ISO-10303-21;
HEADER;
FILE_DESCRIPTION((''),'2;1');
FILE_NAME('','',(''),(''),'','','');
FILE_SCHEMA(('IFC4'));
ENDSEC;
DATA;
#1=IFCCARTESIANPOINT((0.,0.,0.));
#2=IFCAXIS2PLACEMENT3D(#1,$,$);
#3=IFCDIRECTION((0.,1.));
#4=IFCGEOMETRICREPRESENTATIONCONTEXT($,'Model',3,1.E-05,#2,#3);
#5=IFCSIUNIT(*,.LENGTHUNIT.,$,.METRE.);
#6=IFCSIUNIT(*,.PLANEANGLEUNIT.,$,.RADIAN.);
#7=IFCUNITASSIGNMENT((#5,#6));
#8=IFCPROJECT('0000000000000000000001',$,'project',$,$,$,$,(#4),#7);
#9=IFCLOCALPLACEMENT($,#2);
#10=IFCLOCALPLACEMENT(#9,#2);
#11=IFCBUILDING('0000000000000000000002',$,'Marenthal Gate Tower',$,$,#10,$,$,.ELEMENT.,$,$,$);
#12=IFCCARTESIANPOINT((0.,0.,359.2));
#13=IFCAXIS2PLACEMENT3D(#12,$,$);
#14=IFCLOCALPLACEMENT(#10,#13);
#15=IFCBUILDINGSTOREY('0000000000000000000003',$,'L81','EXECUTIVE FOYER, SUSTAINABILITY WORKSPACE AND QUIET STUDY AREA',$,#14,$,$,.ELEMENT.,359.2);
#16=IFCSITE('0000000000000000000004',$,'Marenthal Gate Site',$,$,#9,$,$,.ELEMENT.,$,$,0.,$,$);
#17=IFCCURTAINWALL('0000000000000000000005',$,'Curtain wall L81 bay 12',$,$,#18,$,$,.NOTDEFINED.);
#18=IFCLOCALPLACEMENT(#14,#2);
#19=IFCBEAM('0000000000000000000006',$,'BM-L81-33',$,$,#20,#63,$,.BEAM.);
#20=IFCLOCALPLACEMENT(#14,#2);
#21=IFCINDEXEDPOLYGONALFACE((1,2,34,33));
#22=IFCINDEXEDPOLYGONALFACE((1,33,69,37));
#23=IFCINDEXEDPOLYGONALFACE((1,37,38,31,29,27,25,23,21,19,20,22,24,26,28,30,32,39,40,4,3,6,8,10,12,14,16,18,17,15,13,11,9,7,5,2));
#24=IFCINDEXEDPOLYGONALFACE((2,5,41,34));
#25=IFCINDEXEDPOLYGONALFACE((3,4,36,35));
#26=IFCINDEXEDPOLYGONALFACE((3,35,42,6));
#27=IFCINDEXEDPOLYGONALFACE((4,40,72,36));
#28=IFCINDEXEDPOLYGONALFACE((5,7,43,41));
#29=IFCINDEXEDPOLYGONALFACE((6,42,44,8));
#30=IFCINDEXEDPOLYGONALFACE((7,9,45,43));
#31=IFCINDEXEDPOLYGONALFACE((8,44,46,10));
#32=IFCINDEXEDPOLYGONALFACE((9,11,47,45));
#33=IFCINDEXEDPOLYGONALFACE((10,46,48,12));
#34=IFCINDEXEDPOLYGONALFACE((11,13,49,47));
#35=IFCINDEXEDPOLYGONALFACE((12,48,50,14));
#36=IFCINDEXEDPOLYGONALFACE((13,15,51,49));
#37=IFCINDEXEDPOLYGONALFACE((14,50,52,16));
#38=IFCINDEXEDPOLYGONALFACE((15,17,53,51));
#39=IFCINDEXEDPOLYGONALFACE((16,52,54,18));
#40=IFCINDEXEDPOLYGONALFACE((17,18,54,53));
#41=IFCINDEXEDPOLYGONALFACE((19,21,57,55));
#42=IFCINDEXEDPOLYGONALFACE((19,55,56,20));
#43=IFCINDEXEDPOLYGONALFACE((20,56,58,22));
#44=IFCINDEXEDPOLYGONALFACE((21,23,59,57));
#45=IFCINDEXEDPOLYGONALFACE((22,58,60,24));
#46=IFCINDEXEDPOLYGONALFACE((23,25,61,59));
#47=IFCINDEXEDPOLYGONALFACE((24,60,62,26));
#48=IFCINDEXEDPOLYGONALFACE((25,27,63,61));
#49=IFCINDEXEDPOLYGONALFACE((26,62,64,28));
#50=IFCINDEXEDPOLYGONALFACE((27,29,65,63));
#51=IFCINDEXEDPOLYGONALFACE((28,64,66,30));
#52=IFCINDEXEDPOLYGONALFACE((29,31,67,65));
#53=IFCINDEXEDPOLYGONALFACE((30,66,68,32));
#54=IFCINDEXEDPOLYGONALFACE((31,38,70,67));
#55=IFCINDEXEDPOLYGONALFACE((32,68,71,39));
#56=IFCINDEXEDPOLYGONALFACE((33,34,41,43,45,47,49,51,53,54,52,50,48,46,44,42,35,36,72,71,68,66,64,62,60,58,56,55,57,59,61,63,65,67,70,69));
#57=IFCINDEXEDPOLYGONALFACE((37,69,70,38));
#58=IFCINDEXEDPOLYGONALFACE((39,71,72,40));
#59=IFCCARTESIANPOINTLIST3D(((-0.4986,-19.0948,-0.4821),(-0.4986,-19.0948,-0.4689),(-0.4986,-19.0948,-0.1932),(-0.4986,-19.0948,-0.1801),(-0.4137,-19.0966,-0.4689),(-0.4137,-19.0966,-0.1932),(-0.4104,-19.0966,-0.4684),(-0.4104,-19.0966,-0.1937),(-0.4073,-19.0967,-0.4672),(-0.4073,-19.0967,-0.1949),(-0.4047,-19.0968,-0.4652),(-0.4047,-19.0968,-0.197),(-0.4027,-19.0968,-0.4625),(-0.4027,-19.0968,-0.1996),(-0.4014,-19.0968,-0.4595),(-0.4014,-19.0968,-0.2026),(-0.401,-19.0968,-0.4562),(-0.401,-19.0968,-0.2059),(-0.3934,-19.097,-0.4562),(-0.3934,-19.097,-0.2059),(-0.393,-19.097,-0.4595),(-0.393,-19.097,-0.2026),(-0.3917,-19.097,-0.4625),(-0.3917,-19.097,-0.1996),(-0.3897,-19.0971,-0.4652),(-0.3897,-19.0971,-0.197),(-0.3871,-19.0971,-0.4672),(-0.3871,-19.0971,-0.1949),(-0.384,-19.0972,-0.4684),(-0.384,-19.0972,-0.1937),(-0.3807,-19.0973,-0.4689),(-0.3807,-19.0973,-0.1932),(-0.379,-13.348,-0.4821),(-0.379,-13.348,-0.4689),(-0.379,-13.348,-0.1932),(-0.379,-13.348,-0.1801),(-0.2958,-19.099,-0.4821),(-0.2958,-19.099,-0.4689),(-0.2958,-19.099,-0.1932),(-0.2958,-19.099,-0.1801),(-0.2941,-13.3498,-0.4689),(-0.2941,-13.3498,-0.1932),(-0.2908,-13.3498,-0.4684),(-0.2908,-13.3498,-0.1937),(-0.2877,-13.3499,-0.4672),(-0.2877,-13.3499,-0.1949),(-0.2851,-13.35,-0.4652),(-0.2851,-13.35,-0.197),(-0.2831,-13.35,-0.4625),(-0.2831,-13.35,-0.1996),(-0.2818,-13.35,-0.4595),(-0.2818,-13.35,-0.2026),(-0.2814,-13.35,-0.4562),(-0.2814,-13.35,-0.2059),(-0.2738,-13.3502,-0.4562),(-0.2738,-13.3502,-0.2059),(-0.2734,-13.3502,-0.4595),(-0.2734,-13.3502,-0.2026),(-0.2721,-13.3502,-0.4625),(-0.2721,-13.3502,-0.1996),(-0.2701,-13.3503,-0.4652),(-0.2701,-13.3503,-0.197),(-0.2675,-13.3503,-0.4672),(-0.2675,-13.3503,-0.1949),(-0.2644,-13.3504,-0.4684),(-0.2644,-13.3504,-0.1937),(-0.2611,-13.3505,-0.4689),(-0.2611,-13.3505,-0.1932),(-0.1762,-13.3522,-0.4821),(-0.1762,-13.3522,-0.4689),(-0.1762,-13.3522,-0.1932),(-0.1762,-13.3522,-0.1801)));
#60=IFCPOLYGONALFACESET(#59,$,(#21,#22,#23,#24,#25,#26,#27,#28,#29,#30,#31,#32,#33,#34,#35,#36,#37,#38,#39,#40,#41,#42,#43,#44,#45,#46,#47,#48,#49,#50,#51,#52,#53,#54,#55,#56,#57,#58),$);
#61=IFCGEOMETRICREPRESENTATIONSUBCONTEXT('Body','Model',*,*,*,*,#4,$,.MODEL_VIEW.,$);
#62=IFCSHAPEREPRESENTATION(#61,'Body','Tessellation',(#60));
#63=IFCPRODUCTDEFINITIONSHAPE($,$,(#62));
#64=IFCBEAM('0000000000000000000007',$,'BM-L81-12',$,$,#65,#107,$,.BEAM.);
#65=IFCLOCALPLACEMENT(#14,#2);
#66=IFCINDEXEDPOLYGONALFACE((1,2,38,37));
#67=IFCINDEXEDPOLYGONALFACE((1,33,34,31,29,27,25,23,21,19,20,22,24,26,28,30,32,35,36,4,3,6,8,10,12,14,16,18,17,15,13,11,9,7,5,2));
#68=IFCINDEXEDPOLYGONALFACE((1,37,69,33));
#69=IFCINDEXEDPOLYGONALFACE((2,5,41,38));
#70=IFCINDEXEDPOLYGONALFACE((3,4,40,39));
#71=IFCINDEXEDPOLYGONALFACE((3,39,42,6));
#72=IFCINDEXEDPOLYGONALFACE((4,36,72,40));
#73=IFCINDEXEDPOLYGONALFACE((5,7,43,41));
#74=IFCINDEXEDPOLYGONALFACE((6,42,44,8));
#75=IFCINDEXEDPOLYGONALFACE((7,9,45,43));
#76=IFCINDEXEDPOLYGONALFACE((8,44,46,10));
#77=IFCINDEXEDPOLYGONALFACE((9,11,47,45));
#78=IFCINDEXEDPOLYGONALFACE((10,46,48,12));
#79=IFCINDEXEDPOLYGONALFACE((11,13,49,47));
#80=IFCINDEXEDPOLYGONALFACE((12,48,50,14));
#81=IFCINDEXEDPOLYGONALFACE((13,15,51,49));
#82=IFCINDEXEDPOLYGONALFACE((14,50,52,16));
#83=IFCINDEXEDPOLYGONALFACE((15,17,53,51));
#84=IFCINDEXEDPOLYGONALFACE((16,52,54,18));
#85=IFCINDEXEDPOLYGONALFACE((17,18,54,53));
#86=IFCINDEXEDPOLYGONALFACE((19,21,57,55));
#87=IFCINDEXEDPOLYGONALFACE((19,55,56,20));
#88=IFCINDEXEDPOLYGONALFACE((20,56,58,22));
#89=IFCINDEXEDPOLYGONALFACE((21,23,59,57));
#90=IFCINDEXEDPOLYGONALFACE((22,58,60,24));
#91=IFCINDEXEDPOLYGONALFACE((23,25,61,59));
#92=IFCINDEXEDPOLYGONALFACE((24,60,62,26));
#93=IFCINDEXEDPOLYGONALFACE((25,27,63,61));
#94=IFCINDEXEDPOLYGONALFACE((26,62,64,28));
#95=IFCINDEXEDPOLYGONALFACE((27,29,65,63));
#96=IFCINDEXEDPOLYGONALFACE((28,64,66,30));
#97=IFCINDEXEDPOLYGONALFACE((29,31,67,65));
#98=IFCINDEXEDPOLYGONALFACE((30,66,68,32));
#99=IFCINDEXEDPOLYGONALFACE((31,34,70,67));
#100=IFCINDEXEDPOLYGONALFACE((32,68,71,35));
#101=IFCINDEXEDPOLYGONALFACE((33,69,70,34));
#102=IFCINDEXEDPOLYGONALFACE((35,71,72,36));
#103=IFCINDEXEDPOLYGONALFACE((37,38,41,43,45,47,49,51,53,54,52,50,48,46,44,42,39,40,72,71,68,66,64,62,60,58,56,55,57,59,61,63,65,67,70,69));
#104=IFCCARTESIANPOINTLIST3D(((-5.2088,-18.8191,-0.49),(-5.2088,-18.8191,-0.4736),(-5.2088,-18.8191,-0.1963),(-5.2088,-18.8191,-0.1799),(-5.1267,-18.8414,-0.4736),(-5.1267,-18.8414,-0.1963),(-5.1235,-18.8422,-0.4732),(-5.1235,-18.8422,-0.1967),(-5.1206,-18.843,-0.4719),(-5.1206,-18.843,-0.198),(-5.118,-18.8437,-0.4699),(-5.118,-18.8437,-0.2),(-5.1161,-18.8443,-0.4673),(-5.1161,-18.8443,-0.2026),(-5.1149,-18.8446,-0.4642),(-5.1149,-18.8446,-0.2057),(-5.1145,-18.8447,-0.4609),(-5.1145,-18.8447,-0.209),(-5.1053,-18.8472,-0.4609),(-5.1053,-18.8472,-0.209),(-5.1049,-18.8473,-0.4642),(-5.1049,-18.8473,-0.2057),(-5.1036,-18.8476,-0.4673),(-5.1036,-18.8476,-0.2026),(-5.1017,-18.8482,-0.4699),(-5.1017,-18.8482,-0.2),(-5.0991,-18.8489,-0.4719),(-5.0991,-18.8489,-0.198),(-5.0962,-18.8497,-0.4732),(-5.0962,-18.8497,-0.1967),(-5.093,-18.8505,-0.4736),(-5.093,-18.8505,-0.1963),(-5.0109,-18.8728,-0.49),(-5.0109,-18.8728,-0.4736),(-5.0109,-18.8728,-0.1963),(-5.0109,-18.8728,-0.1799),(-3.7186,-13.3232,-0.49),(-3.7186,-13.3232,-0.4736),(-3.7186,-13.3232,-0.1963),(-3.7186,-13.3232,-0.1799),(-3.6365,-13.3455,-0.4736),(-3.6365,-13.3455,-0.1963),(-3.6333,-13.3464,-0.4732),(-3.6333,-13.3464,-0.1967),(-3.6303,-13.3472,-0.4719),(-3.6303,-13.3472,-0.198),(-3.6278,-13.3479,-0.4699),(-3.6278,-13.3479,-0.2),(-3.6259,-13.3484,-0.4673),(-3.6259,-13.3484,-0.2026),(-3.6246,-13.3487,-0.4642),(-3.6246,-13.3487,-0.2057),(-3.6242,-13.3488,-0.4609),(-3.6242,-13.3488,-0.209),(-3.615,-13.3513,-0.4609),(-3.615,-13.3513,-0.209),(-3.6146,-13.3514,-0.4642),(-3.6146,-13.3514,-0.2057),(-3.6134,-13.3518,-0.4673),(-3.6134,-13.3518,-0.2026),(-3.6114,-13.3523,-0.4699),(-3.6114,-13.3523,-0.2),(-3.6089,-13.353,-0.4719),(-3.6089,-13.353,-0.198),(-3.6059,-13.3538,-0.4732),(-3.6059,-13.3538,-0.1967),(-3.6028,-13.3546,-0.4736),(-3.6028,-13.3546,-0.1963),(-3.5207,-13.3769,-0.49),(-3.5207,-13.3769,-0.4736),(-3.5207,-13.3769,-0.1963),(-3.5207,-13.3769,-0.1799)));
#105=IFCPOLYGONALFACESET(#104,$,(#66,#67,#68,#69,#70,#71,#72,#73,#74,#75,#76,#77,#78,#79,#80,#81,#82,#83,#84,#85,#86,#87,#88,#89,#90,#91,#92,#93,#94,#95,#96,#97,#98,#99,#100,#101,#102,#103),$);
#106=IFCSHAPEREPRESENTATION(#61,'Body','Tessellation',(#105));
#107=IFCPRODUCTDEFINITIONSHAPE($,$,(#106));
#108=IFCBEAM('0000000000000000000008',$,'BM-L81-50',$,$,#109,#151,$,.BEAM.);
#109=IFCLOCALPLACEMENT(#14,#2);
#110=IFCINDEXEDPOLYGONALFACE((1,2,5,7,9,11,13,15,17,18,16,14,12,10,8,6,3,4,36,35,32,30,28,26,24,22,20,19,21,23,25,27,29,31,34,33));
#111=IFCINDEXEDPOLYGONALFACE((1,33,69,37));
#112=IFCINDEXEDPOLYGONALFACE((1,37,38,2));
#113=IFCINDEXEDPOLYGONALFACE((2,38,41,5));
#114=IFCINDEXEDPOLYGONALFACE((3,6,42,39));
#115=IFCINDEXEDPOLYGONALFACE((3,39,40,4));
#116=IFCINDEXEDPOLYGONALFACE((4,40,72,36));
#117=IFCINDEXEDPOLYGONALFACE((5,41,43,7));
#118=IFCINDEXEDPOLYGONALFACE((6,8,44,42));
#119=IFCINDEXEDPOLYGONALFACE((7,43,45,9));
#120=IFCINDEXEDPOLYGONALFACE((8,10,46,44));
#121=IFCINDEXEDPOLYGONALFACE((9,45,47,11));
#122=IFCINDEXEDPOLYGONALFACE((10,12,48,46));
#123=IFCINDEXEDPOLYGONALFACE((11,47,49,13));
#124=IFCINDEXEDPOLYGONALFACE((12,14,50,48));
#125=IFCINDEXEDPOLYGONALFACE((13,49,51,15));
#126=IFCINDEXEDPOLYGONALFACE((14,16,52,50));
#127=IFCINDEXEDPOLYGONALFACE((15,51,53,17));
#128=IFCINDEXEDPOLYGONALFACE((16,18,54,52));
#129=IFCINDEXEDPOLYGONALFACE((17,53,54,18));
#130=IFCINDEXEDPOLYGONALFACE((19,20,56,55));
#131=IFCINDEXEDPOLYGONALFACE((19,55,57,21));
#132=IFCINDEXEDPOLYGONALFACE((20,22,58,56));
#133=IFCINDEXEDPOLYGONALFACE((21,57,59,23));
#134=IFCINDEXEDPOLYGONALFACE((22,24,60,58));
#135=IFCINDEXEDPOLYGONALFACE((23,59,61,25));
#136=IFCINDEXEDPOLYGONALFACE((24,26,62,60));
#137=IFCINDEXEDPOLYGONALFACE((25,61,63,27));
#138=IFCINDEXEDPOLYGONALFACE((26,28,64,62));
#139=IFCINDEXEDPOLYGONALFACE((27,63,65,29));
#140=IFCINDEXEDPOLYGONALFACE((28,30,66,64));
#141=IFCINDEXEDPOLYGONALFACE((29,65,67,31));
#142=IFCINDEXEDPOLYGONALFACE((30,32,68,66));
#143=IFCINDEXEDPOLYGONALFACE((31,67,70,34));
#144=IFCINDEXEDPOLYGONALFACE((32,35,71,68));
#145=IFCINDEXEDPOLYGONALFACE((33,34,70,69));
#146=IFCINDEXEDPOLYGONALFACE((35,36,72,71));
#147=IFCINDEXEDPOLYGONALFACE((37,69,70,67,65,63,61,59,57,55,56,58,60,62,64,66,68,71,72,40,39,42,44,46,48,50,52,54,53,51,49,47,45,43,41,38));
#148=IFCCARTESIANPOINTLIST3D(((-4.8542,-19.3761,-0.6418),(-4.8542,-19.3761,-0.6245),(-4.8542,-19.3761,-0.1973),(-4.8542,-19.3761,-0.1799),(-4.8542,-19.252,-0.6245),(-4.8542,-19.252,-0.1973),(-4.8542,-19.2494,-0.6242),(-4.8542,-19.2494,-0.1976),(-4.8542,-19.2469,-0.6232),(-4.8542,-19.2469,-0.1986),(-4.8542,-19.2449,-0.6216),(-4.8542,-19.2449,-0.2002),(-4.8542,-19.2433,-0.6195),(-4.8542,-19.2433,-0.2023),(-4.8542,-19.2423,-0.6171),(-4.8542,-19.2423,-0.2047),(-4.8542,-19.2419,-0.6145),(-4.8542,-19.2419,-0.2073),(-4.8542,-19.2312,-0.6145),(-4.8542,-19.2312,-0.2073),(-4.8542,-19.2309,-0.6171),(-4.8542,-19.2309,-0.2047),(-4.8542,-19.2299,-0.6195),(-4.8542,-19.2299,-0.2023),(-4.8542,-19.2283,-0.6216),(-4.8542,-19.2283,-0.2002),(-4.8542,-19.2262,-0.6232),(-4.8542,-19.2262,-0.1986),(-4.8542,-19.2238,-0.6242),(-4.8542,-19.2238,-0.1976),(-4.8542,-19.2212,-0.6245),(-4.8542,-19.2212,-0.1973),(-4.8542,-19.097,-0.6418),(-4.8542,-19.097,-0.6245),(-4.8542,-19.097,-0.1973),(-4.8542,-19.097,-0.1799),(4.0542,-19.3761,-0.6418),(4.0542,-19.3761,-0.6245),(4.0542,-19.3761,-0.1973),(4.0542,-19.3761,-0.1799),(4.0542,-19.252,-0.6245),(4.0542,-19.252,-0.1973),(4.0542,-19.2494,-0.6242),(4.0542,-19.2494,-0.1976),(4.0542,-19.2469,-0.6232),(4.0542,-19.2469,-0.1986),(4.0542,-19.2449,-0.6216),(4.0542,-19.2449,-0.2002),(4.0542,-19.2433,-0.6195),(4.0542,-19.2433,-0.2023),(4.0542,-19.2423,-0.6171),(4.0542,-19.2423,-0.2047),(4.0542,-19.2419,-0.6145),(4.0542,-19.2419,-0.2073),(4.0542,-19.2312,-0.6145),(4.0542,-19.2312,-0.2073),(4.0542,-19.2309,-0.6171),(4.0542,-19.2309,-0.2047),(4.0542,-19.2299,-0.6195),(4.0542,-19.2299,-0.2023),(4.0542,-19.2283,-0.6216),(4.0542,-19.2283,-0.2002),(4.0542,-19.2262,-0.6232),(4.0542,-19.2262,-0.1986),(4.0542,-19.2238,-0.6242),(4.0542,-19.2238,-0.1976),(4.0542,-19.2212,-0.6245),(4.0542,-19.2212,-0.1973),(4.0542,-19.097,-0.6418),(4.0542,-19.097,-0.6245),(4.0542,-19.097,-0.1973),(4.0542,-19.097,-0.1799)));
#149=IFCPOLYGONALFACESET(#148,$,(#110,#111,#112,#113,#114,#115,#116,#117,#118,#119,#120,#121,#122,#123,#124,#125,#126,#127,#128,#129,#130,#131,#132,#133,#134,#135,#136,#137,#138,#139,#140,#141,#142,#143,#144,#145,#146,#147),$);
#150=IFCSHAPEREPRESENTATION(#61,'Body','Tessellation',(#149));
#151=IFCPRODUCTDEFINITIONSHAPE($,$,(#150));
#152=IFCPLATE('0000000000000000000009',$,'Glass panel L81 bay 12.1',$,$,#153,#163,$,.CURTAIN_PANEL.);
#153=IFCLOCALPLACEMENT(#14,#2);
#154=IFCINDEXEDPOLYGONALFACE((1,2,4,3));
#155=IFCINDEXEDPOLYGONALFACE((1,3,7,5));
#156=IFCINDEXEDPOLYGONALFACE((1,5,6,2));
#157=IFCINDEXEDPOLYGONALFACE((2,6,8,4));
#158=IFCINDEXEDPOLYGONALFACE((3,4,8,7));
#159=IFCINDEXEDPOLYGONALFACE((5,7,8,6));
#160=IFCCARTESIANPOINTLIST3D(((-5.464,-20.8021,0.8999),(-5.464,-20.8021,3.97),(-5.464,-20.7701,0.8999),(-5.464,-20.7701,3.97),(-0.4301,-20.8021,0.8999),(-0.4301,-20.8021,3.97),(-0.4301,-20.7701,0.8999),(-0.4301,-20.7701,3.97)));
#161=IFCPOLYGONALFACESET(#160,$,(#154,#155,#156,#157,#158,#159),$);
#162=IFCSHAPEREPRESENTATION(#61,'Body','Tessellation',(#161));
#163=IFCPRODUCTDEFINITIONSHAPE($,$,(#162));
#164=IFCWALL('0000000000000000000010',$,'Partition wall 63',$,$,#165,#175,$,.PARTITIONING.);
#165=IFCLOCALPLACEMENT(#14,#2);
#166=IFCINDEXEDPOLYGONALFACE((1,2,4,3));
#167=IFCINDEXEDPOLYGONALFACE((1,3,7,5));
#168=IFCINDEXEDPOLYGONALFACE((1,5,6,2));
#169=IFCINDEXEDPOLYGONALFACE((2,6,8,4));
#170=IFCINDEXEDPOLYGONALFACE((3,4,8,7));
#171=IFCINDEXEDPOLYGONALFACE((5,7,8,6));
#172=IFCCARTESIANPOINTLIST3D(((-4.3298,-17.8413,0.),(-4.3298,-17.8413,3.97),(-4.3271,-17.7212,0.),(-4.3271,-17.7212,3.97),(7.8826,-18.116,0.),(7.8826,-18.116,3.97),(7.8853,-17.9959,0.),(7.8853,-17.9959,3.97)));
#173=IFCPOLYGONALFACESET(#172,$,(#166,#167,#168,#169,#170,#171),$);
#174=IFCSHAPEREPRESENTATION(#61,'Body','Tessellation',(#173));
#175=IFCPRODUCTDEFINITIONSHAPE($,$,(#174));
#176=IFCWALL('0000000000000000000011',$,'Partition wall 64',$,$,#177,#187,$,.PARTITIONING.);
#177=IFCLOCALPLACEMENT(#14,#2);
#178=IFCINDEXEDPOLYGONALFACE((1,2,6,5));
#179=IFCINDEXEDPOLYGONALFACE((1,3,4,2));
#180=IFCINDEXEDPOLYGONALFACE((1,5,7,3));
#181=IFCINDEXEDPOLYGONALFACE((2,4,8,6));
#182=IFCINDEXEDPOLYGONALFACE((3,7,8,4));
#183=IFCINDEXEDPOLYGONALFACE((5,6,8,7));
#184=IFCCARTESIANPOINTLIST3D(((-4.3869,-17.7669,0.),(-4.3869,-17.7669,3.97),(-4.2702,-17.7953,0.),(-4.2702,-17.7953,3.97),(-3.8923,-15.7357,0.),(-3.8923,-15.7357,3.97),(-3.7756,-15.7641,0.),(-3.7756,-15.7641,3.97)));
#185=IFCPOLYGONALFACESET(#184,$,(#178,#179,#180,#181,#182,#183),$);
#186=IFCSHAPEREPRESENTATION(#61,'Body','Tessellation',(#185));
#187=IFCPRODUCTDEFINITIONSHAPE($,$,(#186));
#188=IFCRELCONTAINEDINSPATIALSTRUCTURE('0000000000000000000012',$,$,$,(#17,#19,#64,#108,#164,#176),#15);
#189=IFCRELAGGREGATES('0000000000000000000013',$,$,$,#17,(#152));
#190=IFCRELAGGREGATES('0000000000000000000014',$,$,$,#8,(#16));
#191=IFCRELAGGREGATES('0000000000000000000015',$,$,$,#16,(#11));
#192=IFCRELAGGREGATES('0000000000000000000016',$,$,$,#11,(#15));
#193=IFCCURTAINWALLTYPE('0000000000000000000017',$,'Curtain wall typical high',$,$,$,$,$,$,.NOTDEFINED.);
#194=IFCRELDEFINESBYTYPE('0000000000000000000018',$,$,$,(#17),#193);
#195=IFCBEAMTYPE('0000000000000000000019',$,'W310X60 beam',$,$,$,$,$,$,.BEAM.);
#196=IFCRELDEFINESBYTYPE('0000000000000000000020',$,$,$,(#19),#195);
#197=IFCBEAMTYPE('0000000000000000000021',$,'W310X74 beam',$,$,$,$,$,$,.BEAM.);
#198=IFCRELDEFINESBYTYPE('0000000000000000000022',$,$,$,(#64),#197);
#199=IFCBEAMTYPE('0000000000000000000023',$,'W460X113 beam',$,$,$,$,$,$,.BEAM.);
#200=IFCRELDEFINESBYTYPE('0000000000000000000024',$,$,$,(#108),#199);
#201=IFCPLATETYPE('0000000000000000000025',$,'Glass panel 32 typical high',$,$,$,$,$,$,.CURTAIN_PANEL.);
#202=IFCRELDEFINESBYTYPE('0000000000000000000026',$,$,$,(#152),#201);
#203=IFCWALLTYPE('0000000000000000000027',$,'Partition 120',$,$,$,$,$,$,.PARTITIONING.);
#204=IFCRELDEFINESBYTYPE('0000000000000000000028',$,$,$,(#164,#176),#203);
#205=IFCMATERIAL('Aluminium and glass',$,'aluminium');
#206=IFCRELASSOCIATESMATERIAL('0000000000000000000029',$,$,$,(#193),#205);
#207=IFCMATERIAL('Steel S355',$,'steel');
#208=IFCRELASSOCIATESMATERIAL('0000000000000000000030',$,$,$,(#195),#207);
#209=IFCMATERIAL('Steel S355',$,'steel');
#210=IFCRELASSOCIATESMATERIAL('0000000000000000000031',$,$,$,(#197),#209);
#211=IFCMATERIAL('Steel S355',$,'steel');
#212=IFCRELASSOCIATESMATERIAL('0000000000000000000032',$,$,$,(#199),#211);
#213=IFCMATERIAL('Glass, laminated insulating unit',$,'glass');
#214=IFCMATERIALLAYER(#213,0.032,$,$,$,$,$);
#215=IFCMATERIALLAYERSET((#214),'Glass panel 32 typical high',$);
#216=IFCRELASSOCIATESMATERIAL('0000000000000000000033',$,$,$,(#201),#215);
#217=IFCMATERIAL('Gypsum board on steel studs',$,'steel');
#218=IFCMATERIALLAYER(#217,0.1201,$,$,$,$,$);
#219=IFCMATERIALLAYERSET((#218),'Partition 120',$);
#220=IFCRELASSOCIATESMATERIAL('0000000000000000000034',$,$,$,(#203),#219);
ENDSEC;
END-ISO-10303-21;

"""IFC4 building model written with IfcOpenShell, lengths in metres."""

from ifc_helpers import new_model, si_unit, direction, frame, frame_2d, origin, origin_2d, place, context, subcontext, project, spatial, rectangle, i_section, extrude, material, layer, layer_set, material_profile, profile_set, type_object, element, aggregate, save


model = new_model("IFC4")

# Units and contexts
model_context = context("Model", 3, precision=1e-05, world=origin(), true_north=direction((0.0, 1.0)))
body_context = subcontext(model_context, "Body", "Model", "MODEL_VIEW")
ifc_project = project(units=[si_unit("LENGTHUNIT", "METRE"), si_unit("PLANEANGLEUNIT", "RADIAN")], contexts=[model_context])

# Site, building, storey
site_placement = place(None, origin())
site = spatial("IfcSite", under=ifc_project, at=site_placement, Name="Marenthal Gate Site", CompositionType="ELEMENT", RefElevation=0.0)
building_placement = place(site_placement, origin())
building = spatial("IfcBuilding", under=site, at=building_placement, Name="Marenthal Gate Tower", CompositionType="ELEMENT")
storey_placement = place(building_placement, frame((0.0, 0.0, 359.2)))
storey = spatial("IfcBuildingStorey", under=building, at=storey_placement, Name="L81", Description="EXECUTIVE FOYER, SUSTAINABILITY WORKSPACE AND QUIET STUDY AREA", CompositionType="ELEMENT", Elevation=359.2)

# Curtain wall
ifc_material_1 = material(Name="Aluminium and glass", Category="aluminium")
curtain_wall_type = type_object("IfcCurtainWallType", Name="Curtain wall typical high", PredefinedType="NOTDEFINED", material=ifc_material_1)
curtain_wall_placement = place(storey_placement, origin())
curtain_wall = element("IfcCurtainWall", 1, at=curtain_wall_placement, inside=storey, type_object=curtain_wall_type, Name="Curtain wall L81 bay 12", PredefinedType="NOTDEFINED")

# Beams
ifc_material_2 = material(Name="Steel S355", Category="steel")
ifc_material_profile_1 = material_profile(ifc_material_2, i_section(OverallWidth=0.2029, OverallDepth=0.302, WebThickness=0.0076, FlangeThickness=0.0132, FilletRadius=0.0127, at=origin_2d()), Name="W310X60")
ifc_profile_set_1 = profile_set([ifc_material_profile_1], Name="Steel S355")
beam_type_1 = type_object("IfcBeamType", Name="W310X60 beam", PredefinedType="BEAM", material=ifc_profile_set_1)
beam_1_placement = place(storey_placement, frame((-0.3972, -19.0969, -0.3311), z_axis=(0.020812, 0.999783, 0.0), x_axis=(-0.999783, 0.020812, 0.0)))
element("IfcBeam", 2, at=beam_1_placement, inside=storey, type_object=beam_type_1, Name="BM-L81-33", PredefinedType="BEAM", context=body_context, shape_type="SweptSolid", body=[
    extrude(i_section(OverallWidth=0.2029, OverallDepth=0.302, WebThickness=0.0076, FlangeThickness=0.0132, FilletRadius=0.0127, at=origin_2d()), origin(), (0.0, 0.0, 1.0), 5.748),
])
ifc_material_3 = material(Name="Steel S355", Category="steel")
ifc_material_profile_2 = material_profile(ifc_material_3, i_section(OverallWidth=0.2051, OverallDepth=0.3101, WebThickness=0.0095, FlangeThickness=0.0164, FilletRadius=0.0127, at=origin_2d()), Name="W310X74")
ifc_profile_set_2 = profile_set([ifc_material_profile_2], Name="Steel S355")
beam_type_2 = type_object("IfcBeamType", Name="W310X74 beam", PredefinedType="BEAM", material=ifc_profile_set_2)
beam_2_placement = place(storey_placement, frame((-5.1099, -18.8459, -0.335), z_axis=(0.261706, 0.965148, 0.0), x_axis=(-0.965148, 0.261706, 0.0)))
element("IfcBeam", 3, at=beam_2_placement, inside=storey, type_object=beam_type_2, Name="BM-L81-12", PredefinedType="BEAM", context=body_context, shape_type="SweptSolid", body=[
    extrude(i_section(OverallWidth=0.2051, OverallDepth=0.3101, WebThickness=0.0095, FlangeThickness=0.0164, FilletRadius=0.0127, at=origin_2d()), origin(), (0.0, 0.0, 1.0), 5.6943),
])
ifc_material_4 = material(Name="Steel S355", Category="steel")
ifc_material_profile_3 = material_profile(ifc_material_4, i_section(OverallWidth=0.2791, OverallDepth=0.4619, WebThickness=0.0107, FlangeThickness=0.0173, FilletRadius=0.01, at=origin_2d()), Name="W460X113")
ifc_profile_set_3 = profile_set([ifc_material_profile_3], Name="Steel S355")
beam_type_3 = type_object("IfcBeamType", Name="W460X113 beam", PredefinedType="BEAM", material=ifc_profile_set_3)
beam_3_placement = place(storey_placement, frame((-4.8542, -19.2366, -0.4109), z_axis=(1.0, 0.0, 0.0), x_axis=(0.0, 1.0, 0.0)))
element("IfcBeam", 4, at=beam_3_placement, inside=storey, type_object=beam_type_3, Name="BM-L81-50", PredefinedType="BEAM", context=body_context, shape_type="SweptSolid", body=[
    extrude(i_section(OverallWidth=0.2791, OverallDepth=0.4619, WebThickness=0.0107, FlangeThickness=0.0173, FilletRadius=0.01, at=origin_2d()), origin(), (0.0, 0.0, 1.0), 8.9084),
])

# Plate
ifc_material_5 = material(Name="Glass, laminated insulating unit", Category="glass")
ifc_layer_1 = layer(ifc_material_5, 0.032)
ifc_layer_set_1 = layer_set([ifc_layer_1], Name="Glass panel 32 typical high")
plate_type = type_object("IfcPlateType", Name="Glass panel 32 typical high", PredefinedType="CURTAIN_PANEL", material=ifc_layer_set_1)
plate_placement = place(storey_placement, frame((-2.947, -20.7861, 0.8999), z_axis=(0.0, 0.0, 1.0), x_axis=(1.0, 0.0, 0.0)))
plate = element("IfcPlate", 5, at=plate_placement, type_object=plate_type, Name="Glass panel L81 bay 12.1", PredefinedType="CURTAIN_PANEL", context=body_context, shape_type="SweptSolid", body=[
    extrude(rectangle(XDim=5.0339, YDim=0.032, at=origin_2d()), origin(), (0.0, 0.0, 1.0), 3.0701),
])
aggregate(curtain_wall, [plate])

# Walls
ifc_material_6 = material(Name="Gypsum board on steel studs", Category="steel")
ifc_layer_2 = layer(ifc_material_6, 0.1201)
ifc_layer_set_2 = layer_set([ifc_layer_2], Name="Partition 120")
wall_type_1 = type_object("IfcWallType", Name="Partition 120", PredefinedType="PARTITIONING", material=ifc_layer_set_2)
wall_1_placement = place(storey_placement, frame((-4.3286, -17.7812, 0.0), z_axis=(0.0, 0.0, 1.0), x_axis=(0.999747, -0.022484, 0.0)))
element("IfcWall", 6, at=wall_1_placement, inside=storey, type_object=wall_type_1, Name="Partition wall 63", PredefinedType="PARTITIONING", context=body_context, shape_type="SweptSolid", body=[
    extrude(rectangle(XDim=12.2156, YDim=0.1201, at=frame_2d((6.1079, 0.0))), origin(), (0.0, 0.0, 1.0), 3.97),
])
wall_2_placement = place(storey_placement, frame((-4.3286, -17.7812, 0.0), z_axis=(0.0, 0.0, 1.0), x_axis=(0.236596, 0.971608, 0.0)))
element("IfcWall", 7, at=wall_2_placement, inside=storey, type_object=wall_type_1, Name="Partition wall 64", PredefinedType="PARTITIONING", context=body_context, shape_type="SweptSolid", body=[
    extrude(rectangle(XDim=2.0906, YDim=0.1201, at=frame_2d((1.0454, 0.0))), origin(), (0.0, 0.0, 1.0), 3.97),
])

save(model, "model.ifc")
